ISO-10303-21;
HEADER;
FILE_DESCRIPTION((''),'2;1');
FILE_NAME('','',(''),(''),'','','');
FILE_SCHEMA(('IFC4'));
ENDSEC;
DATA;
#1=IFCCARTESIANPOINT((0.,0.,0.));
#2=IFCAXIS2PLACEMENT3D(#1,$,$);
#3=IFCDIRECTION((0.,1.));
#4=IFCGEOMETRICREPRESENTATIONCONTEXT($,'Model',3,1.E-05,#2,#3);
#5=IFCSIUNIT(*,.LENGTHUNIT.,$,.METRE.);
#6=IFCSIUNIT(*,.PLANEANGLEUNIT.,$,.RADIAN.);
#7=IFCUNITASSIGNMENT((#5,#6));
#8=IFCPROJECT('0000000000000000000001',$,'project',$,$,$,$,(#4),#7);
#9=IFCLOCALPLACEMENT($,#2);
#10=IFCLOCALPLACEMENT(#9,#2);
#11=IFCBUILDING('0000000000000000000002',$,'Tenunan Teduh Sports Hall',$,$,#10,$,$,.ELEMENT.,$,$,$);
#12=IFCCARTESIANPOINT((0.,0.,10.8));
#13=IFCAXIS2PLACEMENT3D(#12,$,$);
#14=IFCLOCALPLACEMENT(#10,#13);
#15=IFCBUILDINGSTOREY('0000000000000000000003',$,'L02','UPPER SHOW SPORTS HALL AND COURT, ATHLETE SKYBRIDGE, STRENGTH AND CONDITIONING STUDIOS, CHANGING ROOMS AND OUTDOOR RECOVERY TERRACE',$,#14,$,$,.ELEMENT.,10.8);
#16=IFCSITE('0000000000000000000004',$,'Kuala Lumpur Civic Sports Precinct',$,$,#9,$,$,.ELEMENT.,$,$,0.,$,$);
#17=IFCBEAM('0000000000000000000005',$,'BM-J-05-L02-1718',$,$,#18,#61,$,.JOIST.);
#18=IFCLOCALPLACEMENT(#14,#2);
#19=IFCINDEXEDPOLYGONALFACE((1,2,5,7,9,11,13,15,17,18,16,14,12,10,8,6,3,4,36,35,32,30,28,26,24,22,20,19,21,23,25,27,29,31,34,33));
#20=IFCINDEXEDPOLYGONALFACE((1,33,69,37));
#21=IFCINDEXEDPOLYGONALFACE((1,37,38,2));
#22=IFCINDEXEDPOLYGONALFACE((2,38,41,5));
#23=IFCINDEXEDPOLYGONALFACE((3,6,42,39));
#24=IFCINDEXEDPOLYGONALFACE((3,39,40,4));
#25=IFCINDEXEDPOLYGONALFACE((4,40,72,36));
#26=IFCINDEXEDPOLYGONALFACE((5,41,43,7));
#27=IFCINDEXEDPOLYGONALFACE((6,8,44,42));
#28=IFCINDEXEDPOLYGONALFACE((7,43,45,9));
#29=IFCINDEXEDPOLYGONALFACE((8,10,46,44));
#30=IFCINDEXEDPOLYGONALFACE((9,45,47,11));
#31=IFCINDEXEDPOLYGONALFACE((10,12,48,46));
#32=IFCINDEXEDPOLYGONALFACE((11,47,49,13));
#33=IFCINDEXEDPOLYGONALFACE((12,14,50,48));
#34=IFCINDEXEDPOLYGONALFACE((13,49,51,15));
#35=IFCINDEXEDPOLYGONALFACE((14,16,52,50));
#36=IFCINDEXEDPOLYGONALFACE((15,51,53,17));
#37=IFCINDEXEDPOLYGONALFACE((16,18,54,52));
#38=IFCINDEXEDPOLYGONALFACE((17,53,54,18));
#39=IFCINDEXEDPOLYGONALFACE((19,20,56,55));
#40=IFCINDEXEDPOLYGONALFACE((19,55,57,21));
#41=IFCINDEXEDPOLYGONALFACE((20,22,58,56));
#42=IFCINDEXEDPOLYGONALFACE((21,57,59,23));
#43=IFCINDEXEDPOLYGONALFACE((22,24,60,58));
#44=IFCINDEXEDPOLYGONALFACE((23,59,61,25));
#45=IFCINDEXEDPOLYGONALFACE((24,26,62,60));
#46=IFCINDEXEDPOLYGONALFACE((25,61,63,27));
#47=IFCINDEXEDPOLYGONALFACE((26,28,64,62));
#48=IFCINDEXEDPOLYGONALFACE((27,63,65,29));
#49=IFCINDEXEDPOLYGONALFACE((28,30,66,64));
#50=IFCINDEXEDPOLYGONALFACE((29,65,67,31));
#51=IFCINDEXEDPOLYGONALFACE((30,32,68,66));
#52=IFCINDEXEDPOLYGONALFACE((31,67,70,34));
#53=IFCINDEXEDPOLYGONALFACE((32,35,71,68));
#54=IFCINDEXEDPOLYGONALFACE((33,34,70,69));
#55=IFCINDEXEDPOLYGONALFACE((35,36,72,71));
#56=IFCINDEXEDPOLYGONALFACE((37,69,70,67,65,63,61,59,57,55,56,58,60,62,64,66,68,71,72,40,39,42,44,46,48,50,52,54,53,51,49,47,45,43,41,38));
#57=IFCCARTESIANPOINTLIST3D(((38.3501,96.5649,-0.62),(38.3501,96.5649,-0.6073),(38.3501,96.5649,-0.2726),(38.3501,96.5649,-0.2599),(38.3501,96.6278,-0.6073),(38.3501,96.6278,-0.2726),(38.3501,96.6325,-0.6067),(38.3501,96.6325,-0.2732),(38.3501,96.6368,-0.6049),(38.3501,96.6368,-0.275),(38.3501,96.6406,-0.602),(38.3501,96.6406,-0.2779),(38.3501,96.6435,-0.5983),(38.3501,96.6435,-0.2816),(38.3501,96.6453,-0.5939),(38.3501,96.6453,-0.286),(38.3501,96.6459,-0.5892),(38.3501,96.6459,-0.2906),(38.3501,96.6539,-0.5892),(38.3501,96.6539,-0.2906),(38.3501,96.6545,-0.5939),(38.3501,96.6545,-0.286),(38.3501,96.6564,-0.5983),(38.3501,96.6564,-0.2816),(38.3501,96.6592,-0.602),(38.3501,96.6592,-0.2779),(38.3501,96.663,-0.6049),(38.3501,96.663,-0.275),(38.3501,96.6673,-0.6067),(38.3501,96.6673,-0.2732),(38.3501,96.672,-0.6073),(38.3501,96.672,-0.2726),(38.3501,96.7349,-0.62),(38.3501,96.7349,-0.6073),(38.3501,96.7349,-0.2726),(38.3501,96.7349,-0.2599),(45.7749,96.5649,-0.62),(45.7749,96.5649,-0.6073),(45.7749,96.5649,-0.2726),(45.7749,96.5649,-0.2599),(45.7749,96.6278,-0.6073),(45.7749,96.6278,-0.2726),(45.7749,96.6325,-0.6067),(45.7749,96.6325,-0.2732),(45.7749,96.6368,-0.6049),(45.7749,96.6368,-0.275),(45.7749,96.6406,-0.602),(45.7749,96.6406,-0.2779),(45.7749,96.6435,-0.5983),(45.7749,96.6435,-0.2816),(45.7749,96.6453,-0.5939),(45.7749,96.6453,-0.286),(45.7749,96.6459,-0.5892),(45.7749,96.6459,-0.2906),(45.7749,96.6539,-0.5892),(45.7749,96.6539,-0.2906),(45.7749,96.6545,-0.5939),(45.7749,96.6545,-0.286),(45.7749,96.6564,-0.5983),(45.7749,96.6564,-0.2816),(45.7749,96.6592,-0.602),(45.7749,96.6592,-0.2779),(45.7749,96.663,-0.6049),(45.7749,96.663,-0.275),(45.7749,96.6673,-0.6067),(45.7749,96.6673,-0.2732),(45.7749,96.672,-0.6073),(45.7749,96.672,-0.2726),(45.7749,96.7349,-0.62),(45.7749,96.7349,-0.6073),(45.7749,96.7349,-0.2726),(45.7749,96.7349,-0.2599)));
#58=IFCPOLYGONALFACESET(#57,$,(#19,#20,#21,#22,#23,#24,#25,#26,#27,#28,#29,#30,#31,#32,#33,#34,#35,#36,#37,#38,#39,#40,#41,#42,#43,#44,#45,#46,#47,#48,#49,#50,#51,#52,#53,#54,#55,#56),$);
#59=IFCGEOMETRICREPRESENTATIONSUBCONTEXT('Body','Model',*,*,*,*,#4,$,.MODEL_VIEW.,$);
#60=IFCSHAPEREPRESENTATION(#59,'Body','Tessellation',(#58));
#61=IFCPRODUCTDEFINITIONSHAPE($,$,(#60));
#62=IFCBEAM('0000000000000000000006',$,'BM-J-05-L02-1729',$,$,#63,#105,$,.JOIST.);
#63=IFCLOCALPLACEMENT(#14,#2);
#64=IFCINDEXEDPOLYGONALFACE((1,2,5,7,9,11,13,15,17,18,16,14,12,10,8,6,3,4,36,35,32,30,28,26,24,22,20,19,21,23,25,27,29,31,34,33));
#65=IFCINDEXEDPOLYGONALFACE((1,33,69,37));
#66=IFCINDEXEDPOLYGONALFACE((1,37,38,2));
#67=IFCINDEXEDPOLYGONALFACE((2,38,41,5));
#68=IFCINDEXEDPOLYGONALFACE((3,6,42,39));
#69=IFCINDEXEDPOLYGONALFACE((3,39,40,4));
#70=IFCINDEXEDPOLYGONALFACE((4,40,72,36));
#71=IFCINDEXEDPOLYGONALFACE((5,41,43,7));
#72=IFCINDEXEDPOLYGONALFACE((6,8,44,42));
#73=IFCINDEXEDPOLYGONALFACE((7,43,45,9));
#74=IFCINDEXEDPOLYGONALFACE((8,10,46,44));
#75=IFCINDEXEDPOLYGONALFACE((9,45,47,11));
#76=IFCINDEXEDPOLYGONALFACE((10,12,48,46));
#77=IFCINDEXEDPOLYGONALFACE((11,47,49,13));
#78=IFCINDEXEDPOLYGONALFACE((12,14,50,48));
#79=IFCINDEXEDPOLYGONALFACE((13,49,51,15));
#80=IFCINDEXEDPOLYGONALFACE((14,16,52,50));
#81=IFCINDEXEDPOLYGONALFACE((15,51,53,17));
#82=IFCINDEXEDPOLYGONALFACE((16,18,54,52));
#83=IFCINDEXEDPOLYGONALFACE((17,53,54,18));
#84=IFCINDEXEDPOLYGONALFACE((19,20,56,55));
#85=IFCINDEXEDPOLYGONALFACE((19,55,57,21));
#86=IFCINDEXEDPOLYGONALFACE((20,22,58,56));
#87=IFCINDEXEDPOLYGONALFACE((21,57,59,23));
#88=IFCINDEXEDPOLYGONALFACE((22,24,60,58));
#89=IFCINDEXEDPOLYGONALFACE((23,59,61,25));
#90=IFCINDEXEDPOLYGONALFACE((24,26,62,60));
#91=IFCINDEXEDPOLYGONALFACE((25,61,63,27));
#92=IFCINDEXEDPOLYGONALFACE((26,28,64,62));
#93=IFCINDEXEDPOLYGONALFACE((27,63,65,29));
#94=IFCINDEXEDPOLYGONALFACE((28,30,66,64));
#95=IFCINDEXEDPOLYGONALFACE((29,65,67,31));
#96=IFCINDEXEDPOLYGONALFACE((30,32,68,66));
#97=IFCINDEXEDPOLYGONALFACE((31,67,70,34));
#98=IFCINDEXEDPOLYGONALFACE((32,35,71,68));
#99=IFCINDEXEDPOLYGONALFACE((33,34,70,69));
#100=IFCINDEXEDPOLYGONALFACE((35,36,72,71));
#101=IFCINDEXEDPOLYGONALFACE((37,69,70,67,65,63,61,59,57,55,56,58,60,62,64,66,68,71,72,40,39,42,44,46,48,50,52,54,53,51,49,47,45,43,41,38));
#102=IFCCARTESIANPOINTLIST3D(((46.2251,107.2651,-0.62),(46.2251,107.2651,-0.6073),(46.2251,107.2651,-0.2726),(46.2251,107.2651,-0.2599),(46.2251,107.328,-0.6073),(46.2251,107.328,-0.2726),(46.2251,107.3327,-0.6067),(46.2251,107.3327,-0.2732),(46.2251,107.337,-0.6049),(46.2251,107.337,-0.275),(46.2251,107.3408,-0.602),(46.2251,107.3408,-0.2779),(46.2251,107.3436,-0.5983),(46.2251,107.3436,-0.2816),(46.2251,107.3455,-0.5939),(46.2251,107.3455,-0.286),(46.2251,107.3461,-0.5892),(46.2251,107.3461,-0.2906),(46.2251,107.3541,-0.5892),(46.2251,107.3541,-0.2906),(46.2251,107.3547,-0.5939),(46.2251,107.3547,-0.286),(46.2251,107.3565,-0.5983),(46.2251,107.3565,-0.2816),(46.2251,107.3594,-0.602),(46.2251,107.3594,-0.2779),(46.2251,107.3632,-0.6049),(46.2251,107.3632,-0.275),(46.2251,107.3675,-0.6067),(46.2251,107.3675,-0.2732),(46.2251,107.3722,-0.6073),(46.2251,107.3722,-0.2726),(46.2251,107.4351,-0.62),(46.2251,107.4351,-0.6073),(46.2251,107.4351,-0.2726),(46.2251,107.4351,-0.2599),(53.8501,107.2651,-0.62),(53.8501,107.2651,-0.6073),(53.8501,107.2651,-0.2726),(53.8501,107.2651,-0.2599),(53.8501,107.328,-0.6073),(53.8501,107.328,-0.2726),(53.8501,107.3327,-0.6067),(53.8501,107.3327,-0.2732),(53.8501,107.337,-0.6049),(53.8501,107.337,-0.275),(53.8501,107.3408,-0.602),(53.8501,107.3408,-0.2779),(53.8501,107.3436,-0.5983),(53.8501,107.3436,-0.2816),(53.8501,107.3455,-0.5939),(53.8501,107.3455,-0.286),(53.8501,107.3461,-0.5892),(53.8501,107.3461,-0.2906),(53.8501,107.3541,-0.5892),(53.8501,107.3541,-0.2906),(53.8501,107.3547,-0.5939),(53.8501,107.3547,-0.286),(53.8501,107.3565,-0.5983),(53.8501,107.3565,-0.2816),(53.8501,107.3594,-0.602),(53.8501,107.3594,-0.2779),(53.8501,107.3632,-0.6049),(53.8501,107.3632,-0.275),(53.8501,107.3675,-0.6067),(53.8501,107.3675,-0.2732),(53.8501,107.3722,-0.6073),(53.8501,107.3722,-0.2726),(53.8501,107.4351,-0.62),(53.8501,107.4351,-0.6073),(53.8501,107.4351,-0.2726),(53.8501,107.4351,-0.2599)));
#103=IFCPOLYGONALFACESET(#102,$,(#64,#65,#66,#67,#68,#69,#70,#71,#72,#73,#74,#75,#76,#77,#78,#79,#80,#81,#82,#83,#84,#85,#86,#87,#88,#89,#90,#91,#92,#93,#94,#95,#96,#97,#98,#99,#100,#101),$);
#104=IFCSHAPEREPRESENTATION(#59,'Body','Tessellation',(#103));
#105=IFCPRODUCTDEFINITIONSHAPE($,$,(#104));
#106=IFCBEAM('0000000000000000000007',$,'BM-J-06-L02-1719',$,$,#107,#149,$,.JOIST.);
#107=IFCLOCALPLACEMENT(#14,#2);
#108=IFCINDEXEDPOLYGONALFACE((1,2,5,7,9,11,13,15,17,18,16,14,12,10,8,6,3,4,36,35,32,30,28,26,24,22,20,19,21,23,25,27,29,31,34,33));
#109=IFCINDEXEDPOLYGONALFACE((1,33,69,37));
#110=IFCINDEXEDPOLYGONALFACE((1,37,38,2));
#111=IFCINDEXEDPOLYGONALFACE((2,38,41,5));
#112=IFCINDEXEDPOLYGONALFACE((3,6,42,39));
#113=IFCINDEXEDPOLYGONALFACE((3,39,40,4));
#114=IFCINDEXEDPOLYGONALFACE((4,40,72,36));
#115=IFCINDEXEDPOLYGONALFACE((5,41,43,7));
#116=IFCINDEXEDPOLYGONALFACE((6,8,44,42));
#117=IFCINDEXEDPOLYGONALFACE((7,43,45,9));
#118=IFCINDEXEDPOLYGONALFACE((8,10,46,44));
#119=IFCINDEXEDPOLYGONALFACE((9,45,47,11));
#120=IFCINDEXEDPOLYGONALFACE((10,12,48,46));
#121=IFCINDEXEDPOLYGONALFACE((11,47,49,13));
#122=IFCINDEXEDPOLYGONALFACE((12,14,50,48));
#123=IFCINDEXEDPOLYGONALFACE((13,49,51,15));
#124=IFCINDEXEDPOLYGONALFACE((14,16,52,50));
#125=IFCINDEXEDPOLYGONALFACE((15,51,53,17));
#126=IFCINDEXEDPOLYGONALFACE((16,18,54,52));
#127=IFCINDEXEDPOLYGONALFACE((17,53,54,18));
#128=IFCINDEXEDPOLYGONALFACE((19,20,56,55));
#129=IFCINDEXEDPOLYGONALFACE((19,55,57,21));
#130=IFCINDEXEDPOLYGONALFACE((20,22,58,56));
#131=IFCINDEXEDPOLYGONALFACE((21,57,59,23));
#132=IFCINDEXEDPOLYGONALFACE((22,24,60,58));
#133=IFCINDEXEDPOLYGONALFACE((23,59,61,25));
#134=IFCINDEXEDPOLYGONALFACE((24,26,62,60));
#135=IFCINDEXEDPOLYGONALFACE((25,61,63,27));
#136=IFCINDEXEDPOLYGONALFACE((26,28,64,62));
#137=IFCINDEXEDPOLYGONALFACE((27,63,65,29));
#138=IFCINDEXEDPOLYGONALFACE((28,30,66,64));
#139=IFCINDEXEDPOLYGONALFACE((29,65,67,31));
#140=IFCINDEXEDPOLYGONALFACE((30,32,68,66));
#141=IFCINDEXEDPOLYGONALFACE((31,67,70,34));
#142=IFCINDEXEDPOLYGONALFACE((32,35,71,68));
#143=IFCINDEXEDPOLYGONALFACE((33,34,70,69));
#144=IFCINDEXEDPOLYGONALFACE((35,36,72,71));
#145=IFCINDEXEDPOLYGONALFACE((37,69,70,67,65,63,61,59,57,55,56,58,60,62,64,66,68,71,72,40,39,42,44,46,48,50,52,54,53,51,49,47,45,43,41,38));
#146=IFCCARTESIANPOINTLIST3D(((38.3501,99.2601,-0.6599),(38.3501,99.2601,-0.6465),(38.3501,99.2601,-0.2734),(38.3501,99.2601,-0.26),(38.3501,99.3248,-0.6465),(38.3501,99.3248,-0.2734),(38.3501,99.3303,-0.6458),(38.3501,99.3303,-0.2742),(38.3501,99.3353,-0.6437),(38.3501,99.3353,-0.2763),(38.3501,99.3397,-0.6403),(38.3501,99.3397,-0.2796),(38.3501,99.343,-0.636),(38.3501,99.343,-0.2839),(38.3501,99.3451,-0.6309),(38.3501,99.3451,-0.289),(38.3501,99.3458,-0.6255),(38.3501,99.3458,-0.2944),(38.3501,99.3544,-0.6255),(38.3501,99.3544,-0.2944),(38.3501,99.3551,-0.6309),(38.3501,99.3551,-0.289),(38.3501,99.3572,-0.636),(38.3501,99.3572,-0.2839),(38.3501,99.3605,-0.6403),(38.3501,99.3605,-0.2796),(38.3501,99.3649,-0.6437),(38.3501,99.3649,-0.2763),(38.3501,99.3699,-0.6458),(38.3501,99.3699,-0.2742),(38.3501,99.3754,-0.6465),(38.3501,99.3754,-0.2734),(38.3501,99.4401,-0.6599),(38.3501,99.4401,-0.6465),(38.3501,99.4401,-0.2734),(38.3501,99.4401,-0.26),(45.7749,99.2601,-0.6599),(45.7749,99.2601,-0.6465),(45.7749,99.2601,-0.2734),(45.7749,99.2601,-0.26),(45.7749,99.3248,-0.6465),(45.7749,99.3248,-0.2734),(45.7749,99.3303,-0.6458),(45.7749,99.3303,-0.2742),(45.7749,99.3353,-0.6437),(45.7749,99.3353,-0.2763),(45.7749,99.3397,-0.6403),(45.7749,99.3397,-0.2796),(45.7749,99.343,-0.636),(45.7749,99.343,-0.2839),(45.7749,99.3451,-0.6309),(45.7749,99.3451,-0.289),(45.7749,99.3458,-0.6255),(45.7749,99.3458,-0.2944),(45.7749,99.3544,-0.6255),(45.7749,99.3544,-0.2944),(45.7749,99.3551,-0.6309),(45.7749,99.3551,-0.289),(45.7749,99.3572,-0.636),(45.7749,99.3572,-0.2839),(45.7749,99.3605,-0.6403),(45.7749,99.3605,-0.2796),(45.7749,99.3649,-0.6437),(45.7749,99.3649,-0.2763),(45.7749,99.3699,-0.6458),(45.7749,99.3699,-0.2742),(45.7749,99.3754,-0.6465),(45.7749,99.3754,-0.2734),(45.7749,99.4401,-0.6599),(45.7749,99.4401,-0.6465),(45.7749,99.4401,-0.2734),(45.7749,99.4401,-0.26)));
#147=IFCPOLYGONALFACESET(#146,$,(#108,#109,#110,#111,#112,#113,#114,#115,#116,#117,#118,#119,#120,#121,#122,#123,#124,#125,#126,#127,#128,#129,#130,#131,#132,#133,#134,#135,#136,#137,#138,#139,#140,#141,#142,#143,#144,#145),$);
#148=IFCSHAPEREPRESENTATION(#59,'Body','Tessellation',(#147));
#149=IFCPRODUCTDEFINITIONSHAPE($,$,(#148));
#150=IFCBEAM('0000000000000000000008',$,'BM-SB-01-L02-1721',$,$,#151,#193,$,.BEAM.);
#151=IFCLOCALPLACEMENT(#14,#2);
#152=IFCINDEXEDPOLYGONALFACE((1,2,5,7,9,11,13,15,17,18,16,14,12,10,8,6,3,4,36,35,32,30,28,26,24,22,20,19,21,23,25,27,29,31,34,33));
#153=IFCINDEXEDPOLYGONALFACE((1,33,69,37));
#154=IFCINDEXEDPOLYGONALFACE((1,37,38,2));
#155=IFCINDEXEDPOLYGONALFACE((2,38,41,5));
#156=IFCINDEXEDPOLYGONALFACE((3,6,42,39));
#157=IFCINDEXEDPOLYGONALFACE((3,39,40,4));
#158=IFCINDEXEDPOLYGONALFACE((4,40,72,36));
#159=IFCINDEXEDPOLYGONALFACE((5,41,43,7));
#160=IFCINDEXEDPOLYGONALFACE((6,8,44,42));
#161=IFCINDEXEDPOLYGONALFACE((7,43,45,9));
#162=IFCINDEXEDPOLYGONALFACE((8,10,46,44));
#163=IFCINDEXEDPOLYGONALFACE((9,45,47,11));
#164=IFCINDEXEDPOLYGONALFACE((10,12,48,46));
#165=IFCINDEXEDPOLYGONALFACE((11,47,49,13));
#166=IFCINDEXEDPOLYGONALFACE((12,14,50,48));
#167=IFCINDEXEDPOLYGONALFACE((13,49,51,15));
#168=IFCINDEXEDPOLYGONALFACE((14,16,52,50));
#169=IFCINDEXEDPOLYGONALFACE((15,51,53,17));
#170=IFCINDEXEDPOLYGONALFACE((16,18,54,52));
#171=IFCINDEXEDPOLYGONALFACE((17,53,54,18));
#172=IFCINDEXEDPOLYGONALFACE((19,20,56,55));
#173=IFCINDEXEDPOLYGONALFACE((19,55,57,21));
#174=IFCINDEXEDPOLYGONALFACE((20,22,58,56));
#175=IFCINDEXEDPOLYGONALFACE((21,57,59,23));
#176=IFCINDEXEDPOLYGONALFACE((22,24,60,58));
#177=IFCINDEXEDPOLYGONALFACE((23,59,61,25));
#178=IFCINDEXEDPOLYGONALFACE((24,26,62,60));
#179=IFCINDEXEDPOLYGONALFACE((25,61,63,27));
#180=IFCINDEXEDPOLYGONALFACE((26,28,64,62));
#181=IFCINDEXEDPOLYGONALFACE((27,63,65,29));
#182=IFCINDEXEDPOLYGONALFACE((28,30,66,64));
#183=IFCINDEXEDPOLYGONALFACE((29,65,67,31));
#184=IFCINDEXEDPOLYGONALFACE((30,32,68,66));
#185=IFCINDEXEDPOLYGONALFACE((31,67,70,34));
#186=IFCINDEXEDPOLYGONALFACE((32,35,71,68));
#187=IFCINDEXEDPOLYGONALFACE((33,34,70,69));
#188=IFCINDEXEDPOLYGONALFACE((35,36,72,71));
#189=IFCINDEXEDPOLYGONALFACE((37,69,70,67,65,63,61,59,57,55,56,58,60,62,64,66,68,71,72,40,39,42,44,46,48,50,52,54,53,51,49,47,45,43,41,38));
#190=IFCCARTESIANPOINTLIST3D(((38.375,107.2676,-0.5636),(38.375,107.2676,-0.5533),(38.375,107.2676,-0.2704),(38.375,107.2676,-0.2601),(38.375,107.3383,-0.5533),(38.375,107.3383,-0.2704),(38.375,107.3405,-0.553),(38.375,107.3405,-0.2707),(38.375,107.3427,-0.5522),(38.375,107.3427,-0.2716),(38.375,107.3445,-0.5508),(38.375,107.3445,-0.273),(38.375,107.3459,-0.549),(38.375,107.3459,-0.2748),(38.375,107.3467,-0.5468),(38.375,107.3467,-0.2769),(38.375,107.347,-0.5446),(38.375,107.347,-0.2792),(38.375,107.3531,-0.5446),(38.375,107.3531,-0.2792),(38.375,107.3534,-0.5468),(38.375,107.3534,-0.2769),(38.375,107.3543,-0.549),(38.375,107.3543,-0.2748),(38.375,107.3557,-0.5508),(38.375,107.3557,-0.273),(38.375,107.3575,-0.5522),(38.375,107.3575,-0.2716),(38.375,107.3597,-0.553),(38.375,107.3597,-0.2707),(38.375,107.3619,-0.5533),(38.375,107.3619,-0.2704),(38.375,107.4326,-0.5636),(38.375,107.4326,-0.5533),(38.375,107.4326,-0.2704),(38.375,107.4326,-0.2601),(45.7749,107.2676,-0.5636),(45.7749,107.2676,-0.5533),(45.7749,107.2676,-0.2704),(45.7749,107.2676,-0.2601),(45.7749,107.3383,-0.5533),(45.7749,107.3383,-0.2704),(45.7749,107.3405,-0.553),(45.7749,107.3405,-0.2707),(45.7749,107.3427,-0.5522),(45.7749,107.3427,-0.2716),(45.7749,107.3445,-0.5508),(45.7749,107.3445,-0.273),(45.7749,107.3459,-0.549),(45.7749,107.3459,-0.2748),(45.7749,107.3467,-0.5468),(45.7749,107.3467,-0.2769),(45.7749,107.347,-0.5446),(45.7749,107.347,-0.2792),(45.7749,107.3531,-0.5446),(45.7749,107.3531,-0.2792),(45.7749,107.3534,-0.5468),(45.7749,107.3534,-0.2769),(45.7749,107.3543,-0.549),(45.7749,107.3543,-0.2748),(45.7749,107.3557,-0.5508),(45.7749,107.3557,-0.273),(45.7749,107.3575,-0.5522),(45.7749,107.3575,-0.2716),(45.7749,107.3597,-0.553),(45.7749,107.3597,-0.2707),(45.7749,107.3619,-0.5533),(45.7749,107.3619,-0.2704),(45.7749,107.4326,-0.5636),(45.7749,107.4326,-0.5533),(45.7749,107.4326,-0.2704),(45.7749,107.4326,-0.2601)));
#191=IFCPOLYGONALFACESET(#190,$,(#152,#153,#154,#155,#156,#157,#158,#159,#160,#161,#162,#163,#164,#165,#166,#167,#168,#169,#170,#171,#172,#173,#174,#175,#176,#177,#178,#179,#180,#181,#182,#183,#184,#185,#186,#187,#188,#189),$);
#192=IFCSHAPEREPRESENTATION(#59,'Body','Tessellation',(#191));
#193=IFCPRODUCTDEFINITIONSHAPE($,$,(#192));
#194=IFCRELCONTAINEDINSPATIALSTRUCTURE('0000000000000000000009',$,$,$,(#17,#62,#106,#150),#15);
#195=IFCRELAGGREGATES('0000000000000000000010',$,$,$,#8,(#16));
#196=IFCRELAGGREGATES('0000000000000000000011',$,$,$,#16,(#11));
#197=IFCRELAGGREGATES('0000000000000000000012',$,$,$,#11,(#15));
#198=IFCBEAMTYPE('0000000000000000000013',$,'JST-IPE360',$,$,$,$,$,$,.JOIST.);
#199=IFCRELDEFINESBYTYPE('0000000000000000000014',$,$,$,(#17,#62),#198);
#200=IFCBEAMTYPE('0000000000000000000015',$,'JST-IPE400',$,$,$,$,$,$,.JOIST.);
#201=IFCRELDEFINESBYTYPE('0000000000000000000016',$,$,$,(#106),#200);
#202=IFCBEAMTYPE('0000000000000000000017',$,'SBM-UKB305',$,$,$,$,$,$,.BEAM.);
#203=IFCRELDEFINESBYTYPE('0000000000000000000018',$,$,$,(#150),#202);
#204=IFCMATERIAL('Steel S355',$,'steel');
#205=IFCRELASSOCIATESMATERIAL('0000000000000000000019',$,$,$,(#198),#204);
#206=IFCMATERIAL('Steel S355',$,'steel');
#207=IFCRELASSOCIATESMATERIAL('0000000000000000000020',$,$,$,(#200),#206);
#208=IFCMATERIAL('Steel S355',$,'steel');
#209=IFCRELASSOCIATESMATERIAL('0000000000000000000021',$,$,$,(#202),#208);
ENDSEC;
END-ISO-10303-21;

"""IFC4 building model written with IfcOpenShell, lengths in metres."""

from ifc_helpers import new_model, si_unit, direction, frame, origin, origin_2d, place, context, subcontext, project, spatial, i_section, extrude, material, material_profile, profile_set, type_object, element, save


model = new_model("IFC4")

# Units and contexts
model_context = context("Model", 3, precision=1e-05, world=origin(), true_north=direction((0.0, 1.0)))
body_context = subcontext(model_context, "Body", "Model", "MODEL_VIEW")
ifc_project = project(units=[si_unit("LENGTHUNIT", "METRE"), si_unit("PLANEANGLEUNIT", "RADIAN")], contexts=[model_context])

# Site, building, storey
site_placement = place(None, origin())
site = spatial("IfcSite", under=ifc_project, at=site_placement, Name="Kuala Lumpur Civic Sports Precinct", CompositionType="ELEMENT", RefElevation=0.0)
building_placement = place(site_placement, origin())
building = spatial("IfcBuilding", under=site, at=building_placement, Name="Tenunan Teduh Sports Hall", CompositionType="ELEMENT")
storey_placement = place(building_placement, frame((0.0, 0.0, 10.8)))
storey = spatial("IfcBuildingStorey", under=building, at=storey_placement, Name="L02", Description="UPPER SHOW SPORTS HALL AND COURT, ATHLETE SKYBRIDGE, STRENGTH AND CONDITIONING STUDIOS, CHANGING ROOMS AND OUTDOOR RECOVERY TERRACE", CompositionType="ELEMENT", Elevation=10.8)

# Beams
ifc_material_1 = material(Name="Steel S355", Category="steel")
ifc_material_profile_1 = material_profile(ifc_material_1, i_section(OverallWidth=0.1699, OverallDepth=0.3601, WebThickness=0.0081, FlangeThickness=0.0127, FilletRadius=0.0181, at=origin_2d()), Name="IPE 360")
ifc_profile_set_1 = profile_set([ifc_material_profile_1], Name="Steel S355")
beam_type_1 = type_object("IfcBeamType", Name="JST-IPE360", PredefinedType="JOIST", material=ifc_profile_set_1)
beam_1_placement = place(storey_placement, frame((38.3501, 96.6499, -0.4399), z_axis=(1.0, 0.0, 0.0), x_axis=(0.0, 1.0, 0.0)))
element("IfcBeam", 1, at=beam_1_placement, inside=storey, type_object=beam_type_1, Name="BM-J-05-L02-1718", PredefinedType="JOIST", context=body_context, shape_type="SweptSolid", body=[
    extrude(i_section(OverallWidth=0.1699, OverallDepth=0.3601, WebThickness=0.0081, FlangeThickness=0.0127, FilletRadius=0.0181, at=origin_2d()), origin(), (0.0, 0.0, 1.0), 7.4248),
])
beam_2_placement = place(storey_placement, frame((46.2251, 107.3501, -0.4399), z_axis=(1.0, 0.0, 0.0), x_axis=(0.0, 1.0, 0.0)))
element("IfcBeam", 2, at=beam_2_placement, inside=storey, type_object=beam_type_1, Name="BM-J-05-L02-1729", PredefinedType="JOIST", context=body_context, shape_type="SweptSolid", body=[
    extrude(i_section(OverallWidth=0.1699, OverallDepth=0.3601, WebThickness=0.0081, FlangeThickness=0.0127, FilletRadius=0.0181, at=origin_2d()), origin(), (0.0, 0.0, 1.0), 7.625),
])
ifc_material_2 = material(Name="Steel S355", Category="steel")
ifc_material_profile_2 = material_profile(ifc_material_2, i_section(OverallWidth=0.1799, OverallDepth=0.3999, WebThickness=0.0085, FlangeThickness=0.0134, FilletRadius=0.021, at=origin_2d()), Name="IPE 400")
ifc_profile_set_2 = profile_set([ifc_material_profile_2], Name="Steel S355")
beam_type_2 = type_object("IfcBeamType", Name="JST-IPE400", PredefinedType="JOIST", material=ifc_profile_set_2)
beam_3_placement = place(storey_placement, frame((38.3501, 99.3501, -0.46), z_axis=(1.0, 0.0, 0.0), x_axis=(0.0, 1.0, 0.0)))
element("IfcBeam", 3, at=beam_3_placement, inside=storey, type_object=beam_type_2, Name="BM-J-06-L02-1719", PredefinedType="JOIST", context=body_context, shape_type="SweptSolid", body=[
    extrude(i_section(OverallWidth=0.1799, OverallDepth=0.3999, WebThickness=0.0085, FlangeThickness=0.0134, FilletRadius=0.021, at=origin_2d()), origin(), (0.0, 0.0, 1.0), 7.4248),
])
ifc_material_3 = material(Name="Steel S355", Category="steel")
ifc_material_profile_3 = material_profile(ifc_material_3, i_section(OverallWidth=0.165, OverallDepth=0.3035, WebThickness=0.0061, FlangeThickness=0.0103, FilletRadius=0.0088, at=origin_2d()), Name="UKB 305x165x40")
ifc_profile_set_3 = profile_set([ifc_material_profile_3], Name="Steel S355")
beam_type_3 = type_object("IfcBeamType", Name="SBM-UKB305", PredefinedType="BEAM", material=ifc_profile_set_3)
beam_4_placement = place(storey_placement, frame((38.375, 107.3501, -0.4119), z_axis=(1.0, 0.0, 0.0), x_axis=(0.0, 1.0, 0.0)))
element("IfcBeam", 4, at=beam_4_placement, inside=storey, type_object=beam_type_3, Name="BM-SB-01-L02-1721", PredefinedType="BEAM", context=body_context, shape_type="SweptSolid", body=[
    extrude(i_section(OverallWidth=0.165, OverallDepth=0.3035, WebThickness=0.0061, FlangeThickness=0.0103, FilletRadius=0.0088, at=origin_2d()), origin(), (0.0, 0.0, 1.0), 7.3999),
])

save(model, "model.ifc")
